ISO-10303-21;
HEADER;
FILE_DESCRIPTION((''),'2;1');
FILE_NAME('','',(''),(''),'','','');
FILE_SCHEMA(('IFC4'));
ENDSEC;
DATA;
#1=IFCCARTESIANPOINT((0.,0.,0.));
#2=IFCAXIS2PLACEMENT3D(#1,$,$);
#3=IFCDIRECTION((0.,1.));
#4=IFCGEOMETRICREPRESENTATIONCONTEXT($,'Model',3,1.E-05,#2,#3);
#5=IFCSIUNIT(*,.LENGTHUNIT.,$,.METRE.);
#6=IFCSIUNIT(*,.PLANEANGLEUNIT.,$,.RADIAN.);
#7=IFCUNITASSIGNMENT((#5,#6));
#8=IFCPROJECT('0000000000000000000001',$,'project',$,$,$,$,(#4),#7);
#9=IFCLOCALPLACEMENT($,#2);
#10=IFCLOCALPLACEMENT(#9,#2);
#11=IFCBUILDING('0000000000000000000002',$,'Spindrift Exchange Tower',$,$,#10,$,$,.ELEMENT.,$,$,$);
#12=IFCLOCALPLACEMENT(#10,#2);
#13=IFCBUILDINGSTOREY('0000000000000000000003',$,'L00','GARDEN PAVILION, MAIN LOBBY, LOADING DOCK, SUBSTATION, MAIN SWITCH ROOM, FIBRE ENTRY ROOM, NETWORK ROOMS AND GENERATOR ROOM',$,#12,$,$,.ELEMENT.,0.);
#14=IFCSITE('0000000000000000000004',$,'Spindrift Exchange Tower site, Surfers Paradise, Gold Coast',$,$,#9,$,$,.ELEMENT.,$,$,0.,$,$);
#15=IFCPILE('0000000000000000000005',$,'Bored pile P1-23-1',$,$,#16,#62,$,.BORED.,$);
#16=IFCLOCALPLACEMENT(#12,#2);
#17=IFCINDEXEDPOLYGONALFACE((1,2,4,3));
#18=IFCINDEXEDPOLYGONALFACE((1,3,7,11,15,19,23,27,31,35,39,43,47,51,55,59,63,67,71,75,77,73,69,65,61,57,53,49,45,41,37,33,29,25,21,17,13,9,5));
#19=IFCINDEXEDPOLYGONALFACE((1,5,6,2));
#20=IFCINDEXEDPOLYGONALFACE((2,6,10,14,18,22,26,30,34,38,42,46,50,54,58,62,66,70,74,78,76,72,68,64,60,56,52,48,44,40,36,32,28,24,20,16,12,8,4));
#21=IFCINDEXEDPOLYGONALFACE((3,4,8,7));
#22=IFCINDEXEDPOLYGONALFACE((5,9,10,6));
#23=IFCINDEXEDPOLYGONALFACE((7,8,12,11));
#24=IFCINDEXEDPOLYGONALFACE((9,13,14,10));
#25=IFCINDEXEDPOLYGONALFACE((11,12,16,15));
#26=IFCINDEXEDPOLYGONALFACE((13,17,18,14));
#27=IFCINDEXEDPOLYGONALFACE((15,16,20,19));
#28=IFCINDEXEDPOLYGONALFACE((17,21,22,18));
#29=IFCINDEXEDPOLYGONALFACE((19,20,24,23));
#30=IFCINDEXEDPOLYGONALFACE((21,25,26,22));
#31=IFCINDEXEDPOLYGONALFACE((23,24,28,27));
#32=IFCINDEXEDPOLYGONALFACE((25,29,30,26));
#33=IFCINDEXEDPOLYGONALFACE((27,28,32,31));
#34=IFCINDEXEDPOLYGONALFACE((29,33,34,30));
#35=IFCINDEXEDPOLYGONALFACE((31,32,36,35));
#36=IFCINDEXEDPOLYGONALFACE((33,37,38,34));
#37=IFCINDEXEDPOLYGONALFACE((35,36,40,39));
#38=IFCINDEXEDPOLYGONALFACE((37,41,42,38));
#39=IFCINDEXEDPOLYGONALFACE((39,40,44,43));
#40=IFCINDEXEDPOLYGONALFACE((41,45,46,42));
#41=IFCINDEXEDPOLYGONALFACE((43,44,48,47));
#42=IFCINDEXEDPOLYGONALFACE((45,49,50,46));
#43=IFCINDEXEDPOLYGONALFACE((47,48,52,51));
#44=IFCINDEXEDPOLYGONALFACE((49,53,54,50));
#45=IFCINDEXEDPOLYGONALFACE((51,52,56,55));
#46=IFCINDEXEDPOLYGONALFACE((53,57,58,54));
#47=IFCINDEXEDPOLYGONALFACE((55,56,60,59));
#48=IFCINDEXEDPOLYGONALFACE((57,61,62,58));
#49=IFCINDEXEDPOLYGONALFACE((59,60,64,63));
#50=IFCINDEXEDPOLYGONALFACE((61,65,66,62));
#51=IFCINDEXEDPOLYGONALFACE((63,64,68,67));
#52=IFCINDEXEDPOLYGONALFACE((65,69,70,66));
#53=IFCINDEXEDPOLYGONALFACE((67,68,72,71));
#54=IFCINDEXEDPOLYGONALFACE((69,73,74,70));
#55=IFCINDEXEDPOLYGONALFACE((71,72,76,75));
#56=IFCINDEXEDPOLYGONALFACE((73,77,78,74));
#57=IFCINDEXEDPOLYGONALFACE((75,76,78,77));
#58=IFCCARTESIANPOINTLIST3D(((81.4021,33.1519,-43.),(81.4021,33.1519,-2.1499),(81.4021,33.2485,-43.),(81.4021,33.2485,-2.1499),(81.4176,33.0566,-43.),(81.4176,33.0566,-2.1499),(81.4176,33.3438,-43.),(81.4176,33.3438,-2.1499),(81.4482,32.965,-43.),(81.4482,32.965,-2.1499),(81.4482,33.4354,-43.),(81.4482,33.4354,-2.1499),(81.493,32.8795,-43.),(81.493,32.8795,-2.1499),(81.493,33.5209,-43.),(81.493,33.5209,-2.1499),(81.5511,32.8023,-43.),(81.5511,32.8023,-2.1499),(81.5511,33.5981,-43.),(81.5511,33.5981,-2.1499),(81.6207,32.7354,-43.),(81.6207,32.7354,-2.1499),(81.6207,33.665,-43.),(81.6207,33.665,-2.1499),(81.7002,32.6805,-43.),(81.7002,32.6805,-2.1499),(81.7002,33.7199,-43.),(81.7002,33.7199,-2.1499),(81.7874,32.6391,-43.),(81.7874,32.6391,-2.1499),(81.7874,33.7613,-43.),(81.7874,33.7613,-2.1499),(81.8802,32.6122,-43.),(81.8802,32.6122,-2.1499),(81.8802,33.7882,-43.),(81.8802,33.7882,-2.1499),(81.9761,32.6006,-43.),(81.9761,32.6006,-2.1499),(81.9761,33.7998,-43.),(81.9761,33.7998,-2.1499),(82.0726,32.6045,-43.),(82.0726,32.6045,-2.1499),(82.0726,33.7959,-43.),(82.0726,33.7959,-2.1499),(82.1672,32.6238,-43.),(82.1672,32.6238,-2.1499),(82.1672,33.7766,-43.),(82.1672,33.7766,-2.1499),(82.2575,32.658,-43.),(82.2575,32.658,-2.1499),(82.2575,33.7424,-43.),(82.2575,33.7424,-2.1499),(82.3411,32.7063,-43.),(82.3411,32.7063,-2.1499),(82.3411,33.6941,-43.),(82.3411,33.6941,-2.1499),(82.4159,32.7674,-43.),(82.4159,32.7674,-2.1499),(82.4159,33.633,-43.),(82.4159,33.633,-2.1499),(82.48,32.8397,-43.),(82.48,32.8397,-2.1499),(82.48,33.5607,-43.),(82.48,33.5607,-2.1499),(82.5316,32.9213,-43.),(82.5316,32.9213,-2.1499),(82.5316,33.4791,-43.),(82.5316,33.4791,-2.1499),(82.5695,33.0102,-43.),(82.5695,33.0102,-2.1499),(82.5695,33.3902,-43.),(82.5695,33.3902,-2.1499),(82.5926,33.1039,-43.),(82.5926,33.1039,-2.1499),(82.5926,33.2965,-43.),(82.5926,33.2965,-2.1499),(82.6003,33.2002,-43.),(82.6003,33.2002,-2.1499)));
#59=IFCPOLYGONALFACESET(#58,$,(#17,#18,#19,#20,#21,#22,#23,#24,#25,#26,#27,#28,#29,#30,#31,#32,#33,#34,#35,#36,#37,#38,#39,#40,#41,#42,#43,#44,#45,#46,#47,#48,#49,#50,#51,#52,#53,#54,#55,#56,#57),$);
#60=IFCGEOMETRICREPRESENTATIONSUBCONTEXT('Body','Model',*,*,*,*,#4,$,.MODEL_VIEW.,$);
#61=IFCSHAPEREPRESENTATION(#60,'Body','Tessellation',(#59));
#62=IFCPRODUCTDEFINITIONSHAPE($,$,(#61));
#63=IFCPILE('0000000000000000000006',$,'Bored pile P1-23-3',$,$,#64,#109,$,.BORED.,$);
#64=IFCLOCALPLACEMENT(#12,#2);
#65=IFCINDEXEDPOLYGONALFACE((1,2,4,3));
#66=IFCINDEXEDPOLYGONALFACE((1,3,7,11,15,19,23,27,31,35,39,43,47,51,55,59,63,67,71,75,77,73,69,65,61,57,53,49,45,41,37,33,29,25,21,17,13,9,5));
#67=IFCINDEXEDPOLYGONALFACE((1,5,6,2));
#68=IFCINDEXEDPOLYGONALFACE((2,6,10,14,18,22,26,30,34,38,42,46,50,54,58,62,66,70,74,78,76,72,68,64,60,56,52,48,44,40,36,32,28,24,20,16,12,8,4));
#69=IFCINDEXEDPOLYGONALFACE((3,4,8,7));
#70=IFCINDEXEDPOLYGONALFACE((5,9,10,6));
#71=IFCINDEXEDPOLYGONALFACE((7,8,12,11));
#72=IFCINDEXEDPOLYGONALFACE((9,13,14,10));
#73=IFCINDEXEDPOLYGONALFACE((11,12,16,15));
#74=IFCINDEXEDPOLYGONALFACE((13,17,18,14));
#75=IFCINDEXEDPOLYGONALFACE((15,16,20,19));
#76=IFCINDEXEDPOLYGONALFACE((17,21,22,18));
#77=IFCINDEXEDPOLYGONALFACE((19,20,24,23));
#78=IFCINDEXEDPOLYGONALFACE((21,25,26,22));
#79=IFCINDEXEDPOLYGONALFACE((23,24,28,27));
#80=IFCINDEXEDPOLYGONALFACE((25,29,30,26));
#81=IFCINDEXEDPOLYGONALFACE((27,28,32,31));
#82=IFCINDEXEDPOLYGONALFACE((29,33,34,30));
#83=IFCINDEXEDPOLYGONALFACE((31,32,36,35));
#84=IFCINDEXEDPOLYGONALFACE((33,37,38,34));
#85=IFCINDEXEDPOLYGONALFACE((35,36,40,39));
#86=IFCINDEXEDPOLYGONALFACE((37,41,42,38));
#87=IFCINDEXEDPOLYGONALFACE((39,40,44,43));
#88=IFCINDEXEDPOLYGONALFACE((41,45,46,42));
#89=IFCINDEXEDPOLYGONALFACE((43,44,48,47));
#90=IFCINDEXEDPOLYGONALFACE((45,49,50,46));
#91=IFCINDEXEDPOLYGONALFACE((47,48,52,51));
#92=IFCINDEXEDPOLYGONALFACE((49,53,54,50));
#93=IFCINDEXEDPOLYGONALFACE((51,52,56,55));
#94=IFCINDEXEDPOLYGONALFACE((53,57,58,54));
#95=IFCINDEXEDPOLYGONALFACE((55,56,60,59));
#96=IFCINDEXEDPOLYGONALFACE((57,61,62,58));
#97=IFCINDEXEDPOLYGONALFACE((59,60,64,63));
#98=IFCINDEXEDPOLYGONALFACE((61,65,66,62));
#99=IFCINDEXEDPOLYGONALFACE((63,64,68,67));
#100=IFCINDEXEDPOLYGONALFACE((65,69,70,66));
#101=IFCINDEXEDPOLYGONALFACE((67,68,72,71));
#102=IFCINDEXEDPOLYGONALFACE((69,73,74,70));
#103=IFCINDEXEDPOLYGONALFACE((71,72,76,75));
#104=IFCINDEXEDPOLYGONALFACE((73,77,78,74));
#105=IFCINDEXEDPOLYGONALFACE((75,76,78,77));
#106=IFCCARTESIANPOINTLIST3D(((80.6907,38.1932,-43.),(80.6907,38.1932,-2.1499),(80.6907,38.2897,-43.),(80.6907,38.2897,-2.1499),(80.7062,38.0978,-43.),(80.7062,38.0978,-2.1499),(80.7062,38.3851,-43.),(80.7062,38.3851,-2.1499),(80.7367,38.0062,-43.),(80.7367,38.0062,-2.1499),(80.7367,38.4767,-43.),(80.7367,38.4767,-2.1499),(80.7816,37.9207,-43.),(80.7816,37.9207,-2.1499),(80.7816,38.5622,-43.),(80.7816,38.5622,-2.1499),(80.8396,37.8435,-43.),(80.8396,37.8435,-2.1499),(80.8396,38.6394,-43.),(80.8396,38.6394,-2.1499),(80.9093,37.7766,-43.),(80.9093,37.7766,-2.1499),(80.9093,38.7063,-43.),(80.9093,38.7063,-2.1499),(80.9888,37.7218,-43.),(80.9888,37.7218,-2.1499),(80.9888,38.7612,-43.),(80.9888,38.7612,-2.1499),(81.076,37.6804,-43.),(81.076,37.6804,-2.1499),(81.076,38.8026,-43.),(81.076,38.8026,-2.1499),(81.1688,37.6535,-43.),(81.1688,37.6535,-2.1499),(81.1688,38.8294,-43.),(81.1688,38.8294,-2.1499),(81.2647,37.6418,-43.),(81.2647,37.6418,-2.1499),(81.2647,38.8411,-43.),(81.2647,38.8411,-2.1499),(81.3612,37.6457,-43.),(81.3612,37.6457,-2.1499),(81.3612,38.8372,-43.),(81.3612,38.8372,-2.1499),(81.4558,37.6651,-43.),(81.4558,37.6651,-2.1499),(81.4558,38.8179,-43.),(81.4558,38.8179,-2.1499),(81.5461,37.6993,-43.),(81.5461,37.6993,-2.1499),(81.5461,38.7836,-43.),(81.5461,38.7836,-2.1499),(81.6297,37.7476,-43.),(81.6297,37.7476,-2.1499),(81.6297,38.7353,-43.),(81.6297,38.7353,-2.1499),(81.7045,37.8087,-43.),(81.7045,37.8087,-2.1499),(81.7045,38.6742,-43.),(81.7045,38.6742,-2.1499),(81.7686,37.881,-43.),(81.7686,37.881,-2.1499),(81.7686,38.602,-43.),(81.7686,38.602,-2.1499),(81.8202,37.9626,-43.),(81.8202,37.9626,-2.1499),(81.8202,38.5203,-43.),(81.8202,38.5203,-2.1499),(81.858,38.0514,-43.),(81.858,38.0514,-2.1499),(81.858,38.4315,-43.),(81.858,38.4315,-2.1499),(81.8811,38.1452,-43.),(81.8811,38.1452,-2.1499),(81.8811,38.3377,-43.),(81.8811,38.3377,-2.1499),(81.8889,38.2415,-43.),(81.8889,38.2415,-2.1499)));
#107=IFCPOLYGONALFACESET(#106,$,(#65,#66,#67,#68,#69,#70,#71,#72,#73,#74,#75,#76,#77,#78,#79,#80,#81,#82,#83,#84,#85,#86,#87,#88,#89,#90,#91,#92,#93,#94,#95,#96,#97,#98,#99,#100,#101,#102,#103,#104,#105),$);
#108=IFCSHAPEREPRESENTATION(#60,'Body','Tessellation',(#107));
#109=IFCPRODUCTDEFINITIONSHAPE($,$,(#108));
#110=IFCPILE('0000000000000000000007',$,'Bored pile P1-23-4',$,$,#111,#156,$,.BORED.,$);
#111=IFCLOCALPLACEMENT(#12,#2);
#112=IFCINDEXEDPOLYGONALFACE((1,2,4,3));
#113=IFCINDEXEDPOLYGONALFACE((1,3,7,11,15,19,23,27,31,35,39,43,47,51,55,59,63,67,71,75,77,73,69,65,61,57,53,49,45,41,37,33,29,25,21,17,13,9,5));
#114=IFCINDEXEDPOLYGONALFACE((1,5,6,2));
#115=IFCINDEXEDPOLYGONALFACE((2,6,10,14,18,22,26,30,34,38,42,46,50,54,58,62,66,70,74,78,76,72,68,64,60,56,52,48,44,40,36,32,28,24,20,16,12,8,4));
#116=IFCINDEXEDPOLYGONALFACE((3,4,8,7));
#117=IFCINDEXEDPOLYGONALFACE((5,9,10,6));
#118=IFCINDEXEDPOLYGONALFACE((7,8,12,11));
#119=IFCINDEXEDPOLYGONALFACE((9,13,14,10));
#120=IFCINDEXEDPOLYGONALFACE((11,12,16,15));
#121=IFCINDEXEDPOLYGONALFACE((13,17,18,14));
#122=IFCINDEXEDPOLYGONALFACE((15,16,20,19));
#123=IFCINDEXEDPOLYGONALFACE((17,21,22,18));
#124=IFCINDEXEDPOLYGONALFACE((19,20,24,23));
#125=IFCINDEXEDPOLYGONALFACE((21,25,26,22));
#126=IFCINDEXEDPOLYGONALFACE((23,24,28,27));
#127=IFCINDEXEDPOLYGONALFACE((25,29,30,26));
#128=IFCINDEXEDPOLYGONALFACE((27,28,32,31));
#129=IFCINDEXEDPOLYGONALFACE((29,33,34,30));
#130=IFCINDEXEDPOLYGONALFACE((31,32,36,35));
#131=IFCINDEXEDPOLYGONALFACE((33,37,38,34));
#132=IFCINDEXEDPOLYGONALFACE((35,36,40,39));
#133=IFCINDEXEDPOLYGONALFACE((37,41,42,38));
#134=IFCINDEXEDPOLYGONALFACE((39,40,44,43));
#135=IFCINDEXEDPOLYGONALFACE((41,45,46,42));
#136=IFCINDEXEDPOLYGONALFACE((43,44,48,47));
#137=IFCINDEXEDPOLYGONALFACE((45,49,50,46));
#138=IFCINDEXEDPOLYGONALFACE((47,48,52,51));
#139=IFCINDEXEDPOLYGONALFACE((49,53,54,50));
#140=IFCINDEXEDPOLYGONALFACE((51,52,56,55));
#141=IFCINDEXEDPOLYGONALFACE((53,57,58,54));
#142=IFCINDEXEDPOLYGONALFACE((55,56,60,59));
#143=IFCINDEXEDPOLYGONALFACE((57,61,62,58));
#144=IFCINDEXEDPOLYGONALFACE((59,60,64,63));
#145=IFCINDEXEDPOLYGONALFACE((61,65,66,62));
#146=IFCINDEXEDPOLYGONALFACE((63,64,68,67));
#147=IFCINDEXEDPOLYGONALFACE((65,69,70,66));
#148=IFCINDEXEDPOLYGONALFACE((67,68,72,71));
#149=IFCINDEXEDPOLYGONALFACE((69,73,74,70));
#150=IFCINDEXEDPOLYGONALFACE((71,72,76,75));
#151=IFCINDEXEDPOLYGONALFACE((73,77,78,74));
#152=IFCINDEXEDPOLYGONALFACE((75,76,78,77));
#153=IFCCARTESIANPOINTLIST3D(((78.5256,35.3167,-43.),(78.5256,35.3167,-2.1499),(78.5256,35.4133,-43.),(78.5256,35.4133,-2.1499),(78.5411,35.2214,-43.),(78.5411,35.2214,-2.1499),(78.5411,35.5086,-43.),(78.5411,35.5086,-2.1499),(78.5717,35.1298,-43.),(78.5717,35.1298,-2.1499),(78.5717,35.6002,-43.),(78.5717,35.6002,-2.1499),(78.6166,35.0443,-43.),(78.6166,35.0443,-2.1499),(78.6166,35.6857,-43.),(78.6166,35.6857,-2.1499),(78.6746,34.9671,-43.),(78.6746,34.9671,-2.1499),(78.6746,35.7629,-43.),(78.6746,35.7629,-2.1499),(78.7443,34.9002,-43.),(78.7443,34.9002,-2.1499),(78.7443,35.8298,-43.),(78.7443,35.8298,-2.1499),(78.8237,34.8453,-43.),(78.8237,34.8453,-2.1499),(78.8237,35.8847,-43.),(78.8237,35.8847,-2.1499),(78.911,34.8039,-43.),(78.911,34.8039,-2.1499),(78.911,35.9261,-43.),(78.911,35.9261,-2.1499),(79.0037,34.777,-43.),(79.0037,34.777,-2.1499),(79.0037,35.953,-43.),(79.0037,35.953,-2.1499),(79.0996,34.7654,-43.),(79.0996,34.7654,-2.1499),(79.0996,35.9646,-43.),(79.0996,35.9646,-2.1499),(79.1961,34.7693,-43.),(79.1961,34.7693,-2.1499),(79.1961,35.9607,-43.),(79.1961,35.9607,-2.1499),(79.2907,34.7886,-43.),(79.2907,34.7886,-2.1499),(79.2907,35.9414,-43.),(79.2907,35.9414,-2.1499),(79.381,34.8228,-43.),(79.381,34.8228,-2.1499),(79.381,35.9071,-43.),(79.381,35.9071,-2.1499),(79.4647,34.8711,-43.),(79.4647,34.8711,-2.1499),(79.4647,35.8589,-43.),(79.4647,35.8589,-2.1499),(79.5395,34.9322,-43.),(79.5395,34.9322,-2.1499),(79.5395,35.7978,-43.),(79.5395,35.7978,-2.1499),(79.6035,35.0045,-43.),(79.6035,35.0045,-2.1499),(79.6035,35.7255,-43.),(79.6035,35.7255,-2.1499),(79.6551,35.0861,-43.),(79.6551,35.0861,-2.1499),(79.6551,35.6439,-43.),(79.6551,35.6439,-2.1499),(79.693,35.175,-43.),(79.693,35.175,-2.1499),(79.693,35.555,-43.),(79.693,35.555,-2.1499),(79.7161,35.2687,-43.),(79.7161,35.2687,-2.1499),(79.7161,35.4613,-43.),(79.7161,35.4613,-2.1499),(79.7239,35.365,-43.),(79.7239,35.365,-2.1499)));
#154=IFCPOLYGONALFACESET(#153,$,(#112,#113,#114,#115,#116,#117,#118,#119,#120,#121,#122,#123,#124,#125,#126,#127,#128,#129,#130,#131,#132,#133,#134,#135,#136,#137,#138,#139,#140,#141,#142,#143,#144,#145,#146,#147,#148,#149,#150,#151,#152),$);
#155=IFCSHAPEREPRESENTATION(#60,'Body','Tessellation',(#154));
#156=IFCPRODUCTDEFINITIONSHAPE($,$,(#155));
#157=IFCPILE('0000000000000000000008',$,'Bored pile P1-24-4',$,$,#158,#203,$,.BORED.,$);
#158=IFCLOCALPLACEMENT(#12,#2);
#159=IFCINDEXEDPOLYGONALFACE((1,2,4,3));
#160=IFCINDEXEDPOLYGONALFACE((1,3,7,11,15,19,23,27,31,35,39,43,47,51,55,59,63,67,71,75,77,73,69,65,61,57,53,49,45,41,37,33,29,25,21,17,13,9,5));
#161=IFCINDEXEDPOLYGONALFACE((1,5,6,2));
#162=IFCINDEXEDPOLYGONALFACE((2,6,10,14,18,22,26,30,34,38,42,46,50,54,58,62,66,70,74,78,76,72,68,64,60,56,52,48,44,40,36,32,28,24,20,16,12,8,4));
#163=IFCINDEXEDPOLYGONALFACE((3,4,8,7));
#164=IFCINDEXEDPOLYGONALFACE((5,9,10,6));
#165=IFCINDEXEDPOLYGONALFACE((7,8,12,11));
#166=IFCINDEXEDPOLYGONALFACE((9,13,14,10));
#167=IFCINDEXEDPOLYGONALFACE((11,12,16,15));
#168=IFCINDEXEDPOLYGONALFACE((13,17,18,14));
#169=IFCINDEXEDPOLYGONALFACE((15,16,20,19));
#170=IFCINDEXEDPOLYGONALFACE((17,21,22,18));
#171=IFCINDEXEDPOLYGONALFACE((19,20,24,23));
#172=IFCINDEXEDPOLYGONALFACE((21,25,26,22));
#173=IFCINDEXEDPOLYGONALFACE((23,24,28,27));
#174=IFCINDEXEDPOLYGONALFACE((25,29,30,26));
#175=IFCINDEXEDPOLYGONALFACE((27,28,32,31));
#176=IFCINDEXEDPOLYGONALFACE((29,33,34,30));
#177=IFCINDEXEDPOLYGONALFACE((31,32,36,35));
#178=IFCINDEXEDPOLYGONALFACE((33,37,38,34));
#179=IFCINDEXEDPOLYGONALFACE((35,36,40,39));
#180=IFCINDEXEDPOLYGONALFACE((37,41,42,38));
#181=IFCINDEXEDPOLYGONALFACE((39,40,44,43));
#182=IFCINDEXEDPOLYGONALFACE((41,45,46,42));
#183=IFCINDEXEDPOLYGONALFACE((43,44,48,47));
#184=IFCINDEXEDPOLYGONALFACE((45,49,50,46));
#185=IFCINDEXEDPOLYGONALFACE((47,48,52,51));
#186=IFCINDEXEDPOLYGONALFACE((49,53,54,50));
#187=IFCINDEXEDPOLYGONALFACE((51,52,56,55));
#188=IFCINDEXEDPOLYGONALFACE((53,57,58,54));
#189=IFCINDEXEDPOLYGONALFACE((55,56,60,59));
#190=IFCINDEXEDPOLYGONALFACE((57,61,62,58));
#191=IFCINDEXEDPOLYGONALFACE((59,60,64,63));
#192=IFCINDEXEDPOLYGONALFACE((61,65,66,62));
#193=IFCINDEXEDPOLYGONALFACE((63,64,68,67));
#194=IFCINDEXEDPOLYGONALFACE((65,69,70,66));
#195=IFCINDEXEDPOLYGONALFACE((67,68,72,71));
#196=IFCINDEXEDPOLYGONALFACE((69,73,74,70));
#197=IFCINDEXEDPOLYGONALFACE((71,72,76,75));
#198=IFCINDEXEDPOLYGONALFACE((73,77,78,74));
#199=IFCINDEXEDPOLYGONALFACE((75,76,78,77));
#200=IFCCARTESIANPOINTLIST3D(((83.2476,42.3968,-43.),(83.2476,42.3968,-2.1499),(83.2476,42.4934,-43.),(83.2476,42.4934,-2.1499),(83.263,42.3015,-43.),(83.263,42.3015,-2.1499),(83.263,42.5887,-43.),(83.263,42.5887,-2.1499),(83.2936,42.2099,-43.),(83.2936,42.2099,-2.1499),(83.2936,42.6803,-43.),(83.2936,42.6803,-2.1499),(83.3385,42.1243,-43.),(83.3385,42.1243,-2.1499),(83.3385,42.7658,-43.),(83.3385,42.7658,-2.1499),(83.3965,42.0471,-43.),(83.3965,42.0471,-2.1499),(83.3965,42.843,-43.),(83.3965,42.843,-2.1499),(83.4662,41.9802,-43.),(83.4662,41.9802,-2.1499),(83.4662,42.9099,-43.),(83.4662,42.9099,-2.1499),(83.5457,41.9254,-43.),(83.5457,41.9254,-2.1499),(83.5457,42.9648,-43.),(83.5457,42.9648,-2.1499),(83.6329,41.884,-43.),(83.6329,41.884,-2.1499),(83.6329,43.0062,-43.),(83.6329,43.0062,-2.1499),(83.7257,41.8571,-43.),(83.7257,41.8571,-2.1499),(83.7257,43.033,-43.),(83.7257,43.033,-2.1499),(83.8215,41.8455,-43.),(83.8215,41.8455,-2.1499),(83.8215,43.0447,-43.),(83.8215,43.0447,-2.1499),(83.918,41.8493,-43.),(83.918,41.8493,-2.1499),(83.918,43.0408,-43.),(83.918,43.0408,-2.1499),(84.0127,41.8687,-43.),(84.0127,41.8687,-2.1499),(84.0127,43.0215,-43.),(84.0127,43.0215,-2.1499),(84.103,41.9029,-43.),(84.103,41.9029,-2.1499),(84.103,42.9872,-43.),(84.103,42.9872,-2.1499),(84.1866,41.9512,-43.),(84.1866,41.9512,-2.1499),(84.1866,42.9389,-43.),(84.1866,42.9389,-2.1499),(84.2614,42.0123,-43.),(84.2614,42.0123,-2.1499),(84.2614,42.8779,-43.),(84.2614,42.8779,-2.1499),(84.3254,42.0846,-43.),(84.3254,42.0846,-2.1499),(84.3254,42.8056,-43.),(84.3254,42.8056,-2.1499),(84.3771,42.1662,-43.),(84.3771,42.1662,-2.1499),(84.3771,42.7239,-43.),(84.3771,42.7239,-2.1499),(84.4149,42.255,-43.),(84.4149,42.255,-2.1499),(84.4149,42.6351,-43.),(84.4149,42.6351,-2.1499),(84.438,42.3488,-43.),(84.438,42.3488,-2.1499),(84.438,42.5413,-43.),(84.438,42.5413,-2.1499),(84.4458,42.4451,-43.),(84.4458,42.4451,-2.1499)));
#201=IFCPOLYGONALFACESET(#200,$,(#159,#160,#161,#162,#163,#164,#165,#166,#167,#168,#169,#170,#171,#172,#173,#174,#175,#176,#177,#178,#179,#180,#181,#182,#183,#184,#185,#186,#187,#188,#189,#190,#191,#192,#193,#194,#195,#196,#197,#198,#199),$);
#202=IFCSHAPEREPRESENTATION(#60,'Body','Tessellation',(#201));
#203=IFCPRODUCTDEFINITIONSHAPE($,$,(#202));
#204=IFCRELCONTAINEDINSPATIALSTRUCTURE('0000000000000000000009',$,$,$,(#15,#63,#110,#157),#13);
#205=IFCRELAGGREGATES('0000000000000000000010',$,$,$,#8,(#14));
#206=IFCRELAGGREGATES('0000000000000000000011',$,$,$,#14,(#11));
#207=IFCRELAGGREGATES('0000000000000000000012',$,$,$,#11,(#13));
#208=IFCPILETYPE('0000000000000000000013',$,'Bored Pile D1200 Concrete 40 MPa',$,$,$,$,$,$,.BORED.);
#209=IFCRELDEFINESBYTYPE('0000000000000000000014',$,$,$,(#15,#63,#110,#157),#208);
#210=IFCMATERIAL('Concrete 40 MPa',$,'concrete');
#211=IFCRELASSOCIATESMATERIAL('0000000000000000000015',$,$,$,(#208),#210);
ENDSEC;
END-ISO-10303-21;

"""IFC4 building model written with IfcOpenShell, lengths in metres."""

from ifc_helpers import new_model, si_unit, direction, frame, origin, origin_2d, place, context, subcontext, project, spatial, circle, extrude, source, transform, mapped, material, material_profile, profile_set, type_object, element, save


model = new_model("IFC4")

# Units and contexts
model_context = context("Model", 3, precision=1e-05, world=origin(), true_north=direction((0.0, 1.0)))
body_context = subcontext(model_context, "Body", "Model", "MODEL_VIEW")
ifc_project = project(units=[si_unit("LENGTHUNIT", "METRE"), si_unit("PLANEANGLEUNIT", "RADIAN")], contexts=[model_context])

# Site, building, storey
site_placement = place(None, origin())
site = spatial("IfcSite", under=ifc_project, at=site_placement, Name="Spindrift Exchange Tower site, Surfers Paradise, Gold Coast", CompositionType="ELEMENT", RefElevation=0.0)
building_placement = place(site_placement, origin())
building = spatial("IfcBuilding", under=site, at=building_placement, Name="Spindrift Exchange Tower", CompositionType="ELEMENT")
storey_placement = place(building_placement, origin())
storey = spatial("IfcBuildingStorey", under=building, at=storey_placement, Name="L00", Description="GARDEN PAVILION, MAIN LOBBY, LOADING DOCK, SUBSTATION, MAIN SWITCH ROOM, FIBRE ENTRY ROOM, NETWORK ROOMS AND GENERATOR ROOM", CompositionType="ELEMENT", Elevation=0.0)

# Piles
ifc_material_1 = material(Name="Concrete 40 MPa", Category="concrete")
ifc_material_profile_1 = material_profile(ifc_material_1, circle(Radius=0.6001, at=origin_2d()), Name="BP D1200")
ifc_profile_set_1 = profile_set([ifc_material_profile_1], Name="Concrete 40 MPa")
pile_type_1 = type_object("IfcPileType", Name="Bored Pile D1200 Concrete 40 MPa", PredefinedType="BORED", material=ifc_profile_set_1)
shared_shape_1 = source(origin(), body_context, "Body", "SweptSolid", [
    extrude(circle(Radius=0.6001, at=origin_2d()), origin(), (0.0, 0.0, 1.0), 40.8501),
])
for number, where, z_axis, x_axis, name in (
    (1, (82.0002, 33.2002, -2.1499), (0.0, 0.0, -1.0), (1.0, 0.0, 0.0), "Bored pile P1-23-1"),
    (2, (81.2888, 38.2415, -2.1499), (0.0, 0.0, -1.0), (1.0, 0.0, 0.0), "Bored pile P1-23-3"),
    (3, (79.1238, 35.365, -2.1499), (0.0, 0.0, -1.0), (1.0, 0.0, 0.0), "Bored pile P1-23-4"),
    (4, (83.8457, 42.4451, -2.1499), (0.0, 0.0, -1.0), (1.0, 0.0, 0.0), "Bored pile P1-24-4"),
):
    element("IfcPile", number, at=place(storey_placement, frame(where, z_axis=z_axis, x_axis=x_axis)), inside=storey, type_object=pile_type_1, Name=name, PredefinedType="BORED", context=body_context, shape_type="MappedRepresentation", body=[
        mapped(shared_shape_1, transform((0.0, 0.0, 0.0), scale=1.0)),
    ])

save(model, "model.ifc")
